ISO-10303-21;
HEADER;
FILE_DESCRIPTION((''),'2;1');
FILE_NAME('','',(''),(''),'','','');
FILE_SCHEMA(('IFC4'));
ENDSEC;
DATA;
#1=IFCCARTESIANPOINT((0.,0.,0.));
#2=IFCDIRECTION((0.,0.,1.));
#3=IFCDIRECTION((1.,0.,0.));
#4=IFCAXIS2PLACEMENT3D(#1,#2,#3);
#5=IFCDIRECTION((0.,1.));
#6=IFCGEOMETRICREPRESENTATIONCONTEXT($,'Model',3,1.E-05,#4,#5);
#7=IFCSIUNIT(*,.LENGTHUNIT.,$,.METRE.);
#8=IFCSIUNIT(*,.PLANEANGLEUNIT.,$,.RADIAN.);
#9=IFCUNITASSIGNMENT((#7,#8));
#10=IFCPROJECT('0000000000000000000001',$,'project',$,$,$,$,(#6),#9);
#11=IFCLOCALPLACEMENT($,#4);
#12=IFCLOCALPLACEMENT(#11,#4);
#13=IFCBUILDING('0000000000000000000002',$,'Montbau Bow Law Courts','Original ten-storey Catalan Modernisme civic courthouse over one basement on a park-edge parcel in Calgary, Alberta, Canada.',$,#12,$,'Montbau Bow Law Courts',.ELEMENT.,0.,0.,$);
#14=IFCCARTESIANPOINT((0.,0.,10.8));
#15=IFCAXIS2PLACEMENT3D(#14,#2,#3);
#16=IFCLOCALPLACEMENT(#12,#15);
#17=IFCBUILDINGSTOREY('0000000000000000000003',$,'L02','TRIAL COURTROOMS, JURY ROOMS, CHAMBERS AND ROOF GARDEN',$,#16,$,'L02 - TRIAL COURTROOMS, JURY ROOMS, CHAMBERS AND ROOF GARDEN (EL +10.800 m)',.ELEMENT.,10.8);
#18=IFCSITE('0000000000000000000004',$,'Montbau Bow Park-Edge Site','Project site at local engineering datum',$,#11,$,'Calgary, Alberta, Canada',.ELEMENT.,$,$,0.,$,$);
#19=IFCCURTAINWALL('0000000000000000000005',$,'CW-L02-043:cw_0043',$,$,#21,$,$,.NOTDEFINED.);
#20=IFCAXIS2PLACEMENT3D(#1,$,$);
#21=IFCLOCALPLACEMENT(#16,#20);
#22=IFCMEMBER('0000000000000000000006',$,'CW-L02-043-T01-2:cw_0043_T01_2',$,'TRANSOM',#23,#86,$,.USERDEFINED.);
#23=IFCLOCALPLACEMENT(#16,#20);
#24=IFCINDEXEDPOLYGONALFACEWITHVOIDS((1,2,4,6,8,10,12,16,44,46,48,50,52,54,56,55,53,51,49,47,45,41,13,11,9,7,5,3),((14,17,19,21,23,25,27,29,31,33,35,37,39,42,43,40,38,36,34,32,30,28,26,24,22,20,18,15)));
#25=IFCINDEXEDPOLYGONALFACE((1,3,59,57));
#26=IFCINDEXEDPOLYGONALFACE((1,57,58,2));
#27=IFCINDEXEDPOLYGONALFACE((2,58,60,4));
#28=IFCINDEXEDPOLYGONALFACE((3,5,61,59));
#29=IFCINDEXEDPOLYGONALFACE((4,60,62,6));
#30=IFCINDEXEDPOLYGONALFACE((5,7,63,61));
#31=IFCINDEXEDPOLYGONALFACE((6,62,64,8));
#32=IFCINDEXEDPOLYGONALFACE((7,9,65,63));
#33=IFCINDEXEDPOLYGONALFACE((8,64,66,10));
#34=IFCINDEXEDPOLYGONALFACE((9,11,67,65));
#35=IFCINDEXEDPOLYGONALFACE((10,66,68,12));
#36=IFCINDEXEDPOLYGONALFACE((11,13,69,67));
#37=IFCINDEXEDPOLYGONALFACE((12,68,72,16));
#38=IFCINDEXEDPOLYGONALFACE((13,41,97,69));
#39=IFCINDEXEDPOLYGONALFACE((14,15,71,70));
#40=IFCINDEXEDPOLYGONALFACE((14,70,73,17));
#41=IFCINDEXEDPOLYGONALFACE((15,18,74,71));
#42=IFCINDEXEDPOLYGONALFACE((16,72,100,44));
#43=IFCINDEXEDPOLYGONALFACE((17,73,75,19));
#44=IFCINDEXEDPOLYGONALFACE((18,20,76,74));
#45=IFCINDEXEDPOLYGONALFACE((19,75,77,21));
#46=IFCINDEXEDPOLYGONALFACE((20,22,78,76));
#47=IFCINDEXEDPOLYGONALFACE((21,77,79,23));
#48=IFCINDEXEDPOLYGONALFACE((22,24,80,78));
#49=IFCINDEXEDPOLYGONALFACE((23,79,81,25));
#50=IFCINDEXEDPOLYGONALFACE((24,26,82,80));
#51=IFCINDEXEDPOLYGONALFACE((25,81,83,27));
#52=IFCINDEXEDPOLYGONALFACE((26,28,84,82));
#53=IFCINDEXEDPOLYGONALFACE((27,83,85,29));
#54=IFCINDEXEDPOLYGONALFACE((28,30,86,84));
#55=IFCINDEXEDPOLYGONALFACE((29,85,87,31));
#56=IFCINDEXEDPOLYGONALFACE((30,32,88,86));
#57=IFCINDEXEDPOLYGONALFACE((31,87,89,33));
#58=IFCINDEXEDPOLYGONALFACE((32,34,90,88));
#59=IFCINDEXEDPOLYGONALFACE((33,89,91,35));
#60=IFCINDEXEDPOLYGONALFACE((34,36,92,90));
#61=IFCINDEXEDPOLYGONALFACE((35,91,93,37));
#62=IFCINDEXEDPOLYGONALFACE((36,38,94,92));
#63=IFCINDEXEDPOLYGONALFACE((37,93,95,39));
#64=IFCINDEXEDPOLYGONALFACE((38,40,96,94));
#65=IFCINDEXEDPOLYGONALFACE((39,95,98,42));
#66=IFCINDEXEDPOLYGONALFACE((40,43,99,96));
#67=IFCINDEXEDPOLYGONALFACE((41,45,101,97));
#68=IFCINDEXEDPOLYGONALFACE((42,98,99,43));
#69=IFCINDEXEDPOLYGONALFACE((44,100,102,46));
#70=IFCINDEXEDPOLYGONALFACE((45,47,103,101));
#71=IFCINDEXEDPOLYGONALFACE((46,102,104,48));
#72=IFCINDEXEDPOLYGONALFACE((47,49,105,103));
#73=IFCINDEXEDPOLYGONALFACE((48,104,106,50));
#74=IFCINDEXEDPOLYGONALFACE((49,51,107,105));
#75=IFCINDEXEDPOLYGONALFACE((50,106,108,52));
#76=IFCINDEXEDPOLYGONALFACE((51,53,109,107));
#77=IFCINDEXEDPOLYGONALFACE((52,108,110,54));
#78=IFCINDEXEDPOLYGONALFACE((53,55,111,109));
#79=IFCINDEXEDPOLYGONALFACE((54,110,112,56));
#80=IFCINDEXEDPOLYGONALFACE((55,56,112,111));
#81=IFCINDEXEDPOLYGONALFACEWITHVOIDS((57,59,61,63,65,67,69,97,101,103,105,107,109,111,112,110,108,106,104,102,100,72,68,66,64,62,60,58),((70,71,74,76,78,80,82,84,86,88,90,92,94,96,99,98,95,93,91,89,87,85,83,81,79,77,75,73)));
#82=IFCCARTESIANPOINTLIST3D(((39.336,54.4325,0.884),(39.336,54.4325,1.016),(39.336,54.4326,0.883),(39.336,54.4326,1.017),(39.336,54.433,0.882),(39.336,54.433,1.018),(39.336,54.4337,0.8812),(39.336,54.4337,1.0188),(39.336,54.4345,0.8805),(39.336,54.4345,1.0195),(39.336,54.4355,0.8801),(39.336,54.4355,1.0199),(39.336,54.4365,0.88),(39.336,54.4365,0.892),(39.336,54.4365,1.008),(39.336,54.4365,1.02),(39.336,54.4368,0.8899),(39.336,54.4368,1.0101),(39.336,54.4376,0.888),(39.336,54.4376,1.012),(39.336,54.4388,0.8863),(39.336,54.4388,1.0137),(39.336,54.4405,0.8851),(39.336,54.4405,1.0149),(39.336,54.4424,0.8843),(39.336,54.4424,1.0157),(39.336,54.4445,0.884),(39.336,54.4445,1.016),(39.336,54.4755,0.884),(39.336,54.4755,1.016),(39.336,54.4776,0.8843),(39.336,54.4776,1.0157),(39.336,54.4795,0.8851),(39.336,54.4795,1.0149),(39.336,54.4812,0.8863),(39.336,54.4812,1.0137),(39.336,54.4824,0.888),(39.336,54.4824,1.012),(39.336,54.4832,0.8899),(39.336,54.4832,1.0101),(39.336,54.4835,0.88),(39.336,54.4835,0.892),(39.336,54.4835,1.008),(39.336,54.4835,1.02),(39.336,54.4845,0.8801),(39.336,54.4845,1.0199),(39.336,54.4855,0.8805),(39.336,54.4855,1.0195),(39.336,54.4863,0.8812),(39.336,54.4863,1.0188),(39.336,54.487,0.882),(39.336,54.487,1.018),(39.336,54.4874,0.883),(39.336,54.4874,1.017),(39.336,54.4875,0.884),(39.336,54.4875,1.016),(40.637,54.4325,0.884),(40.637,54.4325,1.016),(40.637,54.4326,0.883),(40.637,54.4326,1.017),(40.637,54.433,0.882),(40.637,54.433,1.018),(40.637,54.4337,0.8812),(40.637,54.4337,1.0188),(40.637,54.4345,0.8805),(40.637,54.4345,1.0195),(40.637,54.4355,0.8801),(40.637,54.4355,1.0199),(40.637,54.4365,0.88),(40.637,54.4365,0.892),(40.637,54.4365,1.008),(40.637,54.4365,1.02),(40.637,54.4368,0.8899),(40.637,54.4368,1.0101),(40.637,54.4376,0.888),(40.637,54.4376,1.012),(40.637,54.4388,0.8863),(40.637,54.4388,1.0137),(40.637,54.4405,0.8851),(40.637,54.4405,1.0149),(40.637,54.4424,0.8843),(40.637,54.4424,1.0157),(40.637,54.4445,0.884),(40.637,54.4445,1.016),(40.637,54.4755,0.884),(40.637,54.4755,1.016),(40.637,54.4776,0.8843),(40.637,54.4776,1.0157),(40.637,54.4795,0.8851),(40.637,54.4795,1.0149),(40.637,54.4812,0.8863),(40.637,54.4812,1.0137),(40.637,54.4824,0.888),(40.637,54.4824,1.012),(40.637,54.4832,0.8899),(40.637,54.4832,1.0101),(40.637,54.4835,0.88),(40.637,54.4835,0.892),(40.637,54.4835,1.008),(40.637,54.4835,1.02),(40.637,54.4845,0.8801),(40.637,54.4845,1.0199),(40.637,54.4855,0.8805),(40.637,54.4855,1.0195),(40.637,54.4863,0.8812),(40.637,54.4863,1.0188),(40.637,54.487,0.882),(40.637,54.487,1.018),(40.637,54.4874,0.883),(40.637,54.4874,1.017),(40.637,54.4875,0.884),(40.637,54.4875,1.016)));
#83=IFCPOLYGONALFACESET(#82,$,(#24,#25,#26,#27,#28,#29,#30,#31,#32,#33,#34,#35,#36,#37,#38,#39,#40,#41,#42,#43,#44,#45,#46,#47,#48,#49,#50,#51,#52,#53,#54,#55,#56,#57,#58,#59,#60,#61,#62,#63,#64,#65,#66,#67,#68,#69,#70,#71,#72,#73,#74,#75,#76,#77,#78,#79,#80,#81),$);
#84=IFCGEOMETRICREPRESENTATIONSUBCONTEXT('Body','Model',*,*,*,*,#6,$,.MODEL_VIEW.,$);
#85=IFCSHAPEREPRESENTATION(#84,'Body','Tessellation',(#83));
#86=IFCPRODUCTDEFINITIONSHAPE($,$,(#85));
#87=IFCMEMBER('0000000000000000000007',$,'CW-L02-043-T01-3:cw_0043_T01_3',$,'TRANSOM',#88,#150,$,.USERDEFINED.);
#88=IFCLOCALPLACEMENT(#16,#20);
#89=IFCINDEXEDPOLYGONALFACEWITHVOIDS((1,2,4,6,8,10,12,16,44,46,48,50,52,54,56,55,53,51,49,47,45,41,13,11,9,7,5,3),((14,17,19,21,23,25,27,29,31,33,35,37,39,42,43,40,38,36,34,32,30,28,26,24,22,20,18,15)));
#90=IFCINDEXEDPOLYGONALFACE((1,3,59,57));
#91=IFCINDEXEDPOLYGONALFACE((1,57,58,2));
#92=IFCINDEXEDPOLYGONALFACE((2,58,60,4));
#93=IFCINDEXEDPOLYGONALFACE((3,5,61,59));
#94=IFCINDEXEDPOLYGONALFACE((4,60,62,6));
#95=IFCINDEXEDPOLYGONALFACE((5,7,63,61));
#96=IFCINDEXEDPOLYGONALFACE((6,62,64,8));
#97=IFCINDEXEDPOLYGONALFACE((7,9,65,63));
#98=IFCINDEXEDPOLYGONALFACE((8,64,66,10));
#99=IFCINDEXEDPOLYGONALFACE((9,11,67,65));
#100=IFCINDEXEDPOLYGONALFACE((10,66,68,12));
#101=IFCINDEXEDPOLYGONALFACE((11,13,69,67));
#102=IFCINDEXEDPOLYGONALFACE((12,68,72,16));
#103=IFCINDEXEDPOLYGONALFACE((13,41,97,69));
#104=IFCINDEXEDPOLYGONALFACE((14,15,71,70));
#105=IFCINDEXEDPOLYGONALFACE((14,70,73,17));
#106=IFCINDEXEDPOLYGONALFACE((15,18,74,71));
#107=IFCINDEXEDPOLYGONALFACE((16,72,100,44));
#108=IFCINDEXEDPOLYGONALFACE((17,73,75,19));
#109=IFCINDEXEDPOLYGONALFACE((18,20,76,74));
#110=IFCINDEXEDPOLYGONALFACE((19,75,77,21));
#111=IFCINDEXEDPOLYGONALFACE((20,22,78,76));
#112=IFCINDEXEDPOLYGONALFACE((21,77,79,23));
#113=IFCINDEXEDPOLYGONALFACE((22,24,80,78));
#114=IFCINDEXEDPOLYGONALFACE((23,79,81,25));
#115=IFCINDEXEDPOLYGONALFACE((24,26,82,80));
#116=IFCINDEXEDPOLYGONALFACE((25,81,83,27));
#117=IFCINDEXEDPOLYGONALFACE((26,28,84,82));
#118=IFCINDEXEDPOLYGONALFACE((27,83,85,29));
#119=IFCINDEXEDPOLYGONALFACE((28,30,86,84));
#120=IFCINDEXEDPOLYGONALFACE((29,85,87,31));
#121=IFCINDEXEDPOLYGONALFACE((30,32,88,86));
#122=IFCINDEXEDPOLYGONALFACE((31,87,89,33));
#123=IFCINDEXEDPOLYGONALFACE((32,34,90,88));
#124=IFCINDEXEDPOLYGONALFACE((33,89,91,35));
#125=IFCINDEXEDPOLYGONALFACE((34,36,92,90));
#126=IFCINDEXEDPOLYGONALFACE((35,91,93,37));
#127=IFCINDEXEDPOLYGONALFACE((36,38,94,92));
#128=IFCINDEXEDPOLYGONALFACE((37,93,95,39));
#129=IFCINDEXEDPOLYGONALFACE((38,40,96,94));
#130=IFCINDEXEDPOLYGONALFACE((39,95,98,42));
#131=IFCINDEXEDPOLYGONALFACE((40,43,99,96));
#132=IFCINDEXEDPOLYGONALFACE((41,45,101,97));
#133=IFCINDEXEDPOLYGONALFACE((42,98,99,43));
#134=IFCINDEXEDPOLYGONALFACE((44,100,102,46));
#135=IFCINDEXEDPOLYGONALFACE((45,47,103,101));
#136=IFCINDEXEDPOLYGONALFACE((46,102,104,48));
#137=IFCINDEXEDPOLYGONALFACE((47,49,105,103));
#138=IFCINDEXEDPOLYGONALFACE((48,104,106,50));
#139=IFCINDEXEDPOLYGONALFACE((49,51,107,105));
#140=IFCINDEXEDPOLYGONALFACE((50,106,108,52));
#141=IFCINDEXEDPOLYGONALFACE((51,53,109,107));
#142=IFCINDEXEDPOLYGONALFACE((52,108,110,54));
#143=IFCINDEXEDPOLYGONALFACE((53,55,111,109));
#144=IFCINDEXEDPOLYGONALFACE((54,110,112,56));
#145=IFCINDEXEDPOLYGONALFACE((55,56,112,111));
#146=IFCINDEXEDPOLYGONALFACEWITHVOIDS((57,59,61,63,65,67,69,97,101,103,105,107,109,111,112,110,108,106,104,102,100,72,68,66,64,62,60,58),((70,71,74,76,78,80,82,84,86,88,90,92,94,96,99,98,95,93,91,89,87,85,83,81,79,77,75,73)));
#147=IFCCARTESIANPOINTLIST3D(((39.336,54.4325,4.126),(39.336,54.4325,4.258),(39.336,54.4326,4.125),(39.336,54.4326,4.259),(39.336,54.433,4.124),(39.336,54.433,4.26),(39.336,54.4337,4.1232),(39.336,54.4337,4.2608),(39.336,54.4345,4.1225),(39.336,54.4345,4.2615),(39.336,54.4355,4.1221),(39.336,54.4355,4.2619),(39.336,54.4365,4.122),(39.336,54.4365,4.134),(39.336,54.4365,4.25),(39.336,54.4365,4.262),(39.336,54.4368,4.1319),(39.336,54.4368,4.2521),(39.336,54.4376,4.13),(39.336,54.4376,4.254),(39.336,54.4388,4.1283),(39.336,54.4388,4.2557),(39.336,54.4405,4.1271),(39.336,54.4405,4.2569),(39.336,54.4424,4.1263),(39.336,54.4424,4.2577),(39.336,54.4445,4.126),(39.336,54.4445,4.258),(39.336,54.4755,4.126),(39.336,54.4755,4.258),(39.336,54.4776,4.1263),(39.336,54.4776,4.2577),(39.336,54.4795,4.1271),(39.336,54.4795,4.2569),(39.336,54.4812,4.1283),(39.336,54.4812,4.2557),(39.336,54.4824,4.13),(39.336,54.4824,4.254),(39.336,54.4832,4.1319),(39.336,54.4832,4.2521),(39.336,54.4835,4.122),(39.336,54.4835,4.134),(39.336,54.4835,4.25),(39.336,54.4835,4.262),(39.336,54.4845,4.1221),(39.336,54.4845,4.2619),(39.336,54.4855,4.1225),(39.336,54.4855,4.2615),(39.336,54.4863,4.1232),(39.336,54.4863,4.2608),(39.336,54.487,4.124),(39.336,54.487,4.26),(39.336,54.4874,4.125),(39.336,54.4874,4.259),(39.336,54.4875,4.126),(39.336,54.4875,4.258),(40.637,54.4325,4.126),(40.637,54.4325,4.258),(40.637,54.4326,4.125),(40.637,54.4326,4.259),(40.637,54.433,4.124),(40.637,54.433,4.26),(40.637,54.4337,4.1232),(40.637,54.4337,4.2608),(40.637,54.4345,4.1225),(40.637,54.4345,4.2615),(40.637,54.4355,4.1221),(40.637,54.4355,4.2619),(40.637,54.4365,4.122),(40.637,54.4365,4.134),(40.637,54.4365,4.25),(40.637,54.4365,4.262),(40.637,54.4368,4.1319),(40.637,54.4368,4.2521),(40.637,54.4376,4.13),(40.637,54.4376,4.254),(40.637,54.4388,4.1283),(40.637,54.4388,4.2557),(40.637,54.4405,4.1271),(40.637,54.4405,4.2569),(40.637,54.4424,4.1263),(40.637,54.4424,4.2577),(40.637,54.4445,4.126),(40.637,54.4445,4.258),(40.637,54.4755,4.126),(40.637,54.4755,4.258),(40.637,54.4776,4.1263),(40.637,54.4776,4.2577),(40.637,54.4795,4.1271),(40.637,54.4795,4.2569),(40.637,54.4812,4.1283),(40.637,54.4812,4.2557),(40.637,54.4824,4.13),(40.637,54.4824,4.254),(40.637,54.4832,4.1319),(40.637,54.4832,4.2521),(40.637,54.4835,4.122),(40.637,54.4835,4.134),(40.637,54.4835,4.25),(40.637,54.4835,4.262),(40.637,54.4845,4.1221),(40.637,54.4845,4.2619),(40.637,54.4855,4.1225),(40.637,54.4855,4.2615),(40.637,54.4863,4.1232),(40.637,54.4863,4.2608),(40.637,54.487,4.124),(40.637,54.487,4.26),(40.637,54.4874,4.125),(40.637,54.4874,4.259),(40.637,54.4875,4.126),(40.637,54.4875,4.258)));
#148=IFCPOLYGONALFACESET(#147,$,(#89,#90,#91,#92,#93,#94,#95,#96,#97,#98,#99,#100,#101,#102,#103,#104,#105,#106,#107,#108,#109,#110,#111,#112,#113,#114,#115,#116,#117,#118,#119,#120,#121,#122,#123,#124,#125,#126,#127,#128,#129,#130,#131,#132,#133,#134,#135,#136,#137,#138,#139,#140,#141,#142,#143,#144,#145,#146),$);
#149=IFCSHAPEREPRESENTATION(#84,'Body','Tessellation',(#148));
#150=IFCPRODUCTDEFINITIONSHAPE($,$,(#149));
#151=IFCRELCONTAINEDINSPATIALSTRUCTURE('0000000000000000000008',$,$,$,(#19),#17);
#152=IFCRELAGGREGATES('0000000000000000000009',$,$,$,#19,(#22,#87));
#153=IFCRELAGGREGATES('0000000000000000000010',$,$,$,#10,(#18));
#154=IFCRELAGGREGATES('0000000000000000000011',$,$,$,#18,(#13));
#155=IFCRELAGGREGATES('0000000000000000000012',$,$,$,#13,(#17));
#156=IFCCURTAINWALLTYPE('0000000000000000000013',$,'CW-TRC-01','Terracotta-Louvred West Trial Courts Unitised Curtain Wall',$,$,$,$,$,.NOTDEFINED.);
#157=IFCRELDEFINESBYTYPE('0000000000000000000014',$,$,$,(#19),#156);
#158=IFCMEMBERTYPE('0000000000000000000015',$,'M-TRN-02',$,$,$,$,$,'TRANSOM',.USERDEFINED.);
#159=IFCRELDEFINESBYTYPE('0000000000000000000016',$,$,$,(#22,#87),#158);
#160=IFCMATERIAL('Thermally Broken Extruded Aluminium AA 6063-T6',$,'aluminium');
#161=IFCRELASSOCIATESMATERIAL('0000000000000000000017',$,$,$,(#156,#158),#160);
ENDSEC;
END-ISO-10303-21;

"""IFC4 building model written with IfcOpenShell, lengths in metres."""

from ifc_helpers import new_model, si_unit, direction, frame, origin_with_axes, origin_2d_with_axis, place, context, subcontext, project, spatial, hollow_rectangle, extrude, material, material_profile, profile_set, type_object, element, aggregate, save


model = new_model("IFC4")

# Units and contexts
model_context = context("Model", 3, precision=1e-05, world=origin_with_axes(), true_north=direction((0.0, 1.0)))
body_context = subcontext(model_context, "Body", "Model", "MODEL_VIEW")
ifc_project = project(units=[si_unit("LENGTHUNIT", "METRE"), si_unit("PLANEANGLEUNIT", "RADIAN")], contexts=[model_context])

# Site, building, storey
site_placement = place(None, origin_with_axes())
site = spatial("IfcSite", under=ifc_project, at=site_placement, Name="Montbau Bow Park-Edge Site", Description="Project site at local engineering datum", LongName="Calgary, Alberta, Canada", CompositionType="ELEMENT", RefElevation=0.0)
building_placement = place(site_placement, origin_with_axes())
building = spatial("IfcBuilding", under=site, at=building_placement, Name="Montbau Bow Law Courts", Description="Original ten-storey Catalan Modernisme civic courthouse over one basement on a park-edge parcel in Calgary, Alberta, Canada.", LongName="Montbau Bow Law Courts", CompositionType="ELEMENT", ElevationOfRefHeight=0.0, ElevationOfTerrain=0.0)
storey_placement = place(building_placement, frame((0.0, 0.0, 10.8), z_axis=(0.0, 0.0, 1.0), x_axis=(1.0, 0.0, 0.0)))
storey = spatial("IfcBuildingStorey", under=building, at=storey_placement, Name="L02", Description="TRIAL COURTROOMS, JURY ROOMS, CHAMBERS AND ROOF GARDEN", LongName="L02 - TRIAL COURTROOMS, JURY ROOMS, CHAMBERS AND ROOF GARDEN (EL +10.800 m)", CompositionType="ELEMENT", Elevation=10.8)

# Curtain wall
ifc_material_1 = material(Name="Thermally Broken Extruded Aluminium AA 6063-T6", Category="aluminium")
curtain_wall_type = type_object("IfcCurtainWallType", Name="CW-TRC-01", Description="Terracotta-Louvred West Trial Courts Unitised Curtain Wall", PredefinedType="NOTDEFINED", material=ifc_material_1)
curtain_wall_1_placement = place(None, frame((39.268, 54.46, 10.8), z_axis=(0.0, 0.0, 1.0), x_axis=(1.0, 0.0, 0.0)))
curtain_wall_1 = element("IfcCurtainWall", 1, at=curtain_wall_1_placement, inside=storey, type_object=curtain_wall_type, Name="CW-L02-043:cw_0043", PredefinedType="NOTDEFINED")

# Members
ifc_material_profile_1 = material_profile(ifc_material_1, hollow_rectangle(XDim=0.055, YDim=0.14, WallThickness=0.004, InnerFilletRadius=0.008, OuterFilletRadius=0.004, at=origin_2d_with_axis()), Name="CWT-140X55", Category="Main", Priority=0)
ifc_profile_set_1 = profile_set([ifc_material_profile_1], Name="Thermally Broken Extruded Aluminium AA 6063-T6")
member_type_1 = type_object("IfcMemberType", Name="M-TRN-02", ElementType="TRANSOM", PredefinedType="USERDEFINED", material=ifc_profile_set_1)
member_1_placement = place(None, frame((39.336, 54.46, 11.75), z_axis=(1.0, 0.0, 0.0), x_axis=(0.0, 1.0, 0.0)))
member_1 = element("IfcMember", 2, at=member_1_placement, type_object=member_type_1, Name="CW-L02-043-T01-2:cw_0043_T01_2", ObjectType="TRANSOM", PredefinedType="USERDEFINED", context=body_context, shape_type="SweptSolid", body=[
    extrude(hollow_rectangle(XDim=0.055, YDim=0.14, WallThickness=0.004, InnerFilletRadius=0.008, OuterFilletRadius=0.004, at=origin_2d_with_axis()), origin_with_axes(), (0.0, 0.0, 1.0), 1.301),
])
member_2_placement = place(None, frame((39.336, 54.46, 14.992), z_axis=(1.0, 0.0, 0.0), x_axis=(0.0, 1.0, 0.0)))
member_2 = element("IfcMember", 3, at=member_2_placement, type_object=member_type_1, Name="CW-L02-043-T01-3:cw_0043_T01_3", ObjectType="TRANSOM", PredefinedType="USERDEFINED", context=body_context, shape_type="SweptSolid", body=[
    extrude(hollow_rectangle(XDim=0.055, YDim=0.14, WallThickness=0.004, InnerFilletRadius=0.008, OuterFilletRadius=0.004, at=origin_2d_with_axis()), origin_with_axes(), (0.0, 0.0, 1.0), 1.301),
])

aggregate(curtain_wall_1, [member_1, member_2])

save(model, "model.ifc")
